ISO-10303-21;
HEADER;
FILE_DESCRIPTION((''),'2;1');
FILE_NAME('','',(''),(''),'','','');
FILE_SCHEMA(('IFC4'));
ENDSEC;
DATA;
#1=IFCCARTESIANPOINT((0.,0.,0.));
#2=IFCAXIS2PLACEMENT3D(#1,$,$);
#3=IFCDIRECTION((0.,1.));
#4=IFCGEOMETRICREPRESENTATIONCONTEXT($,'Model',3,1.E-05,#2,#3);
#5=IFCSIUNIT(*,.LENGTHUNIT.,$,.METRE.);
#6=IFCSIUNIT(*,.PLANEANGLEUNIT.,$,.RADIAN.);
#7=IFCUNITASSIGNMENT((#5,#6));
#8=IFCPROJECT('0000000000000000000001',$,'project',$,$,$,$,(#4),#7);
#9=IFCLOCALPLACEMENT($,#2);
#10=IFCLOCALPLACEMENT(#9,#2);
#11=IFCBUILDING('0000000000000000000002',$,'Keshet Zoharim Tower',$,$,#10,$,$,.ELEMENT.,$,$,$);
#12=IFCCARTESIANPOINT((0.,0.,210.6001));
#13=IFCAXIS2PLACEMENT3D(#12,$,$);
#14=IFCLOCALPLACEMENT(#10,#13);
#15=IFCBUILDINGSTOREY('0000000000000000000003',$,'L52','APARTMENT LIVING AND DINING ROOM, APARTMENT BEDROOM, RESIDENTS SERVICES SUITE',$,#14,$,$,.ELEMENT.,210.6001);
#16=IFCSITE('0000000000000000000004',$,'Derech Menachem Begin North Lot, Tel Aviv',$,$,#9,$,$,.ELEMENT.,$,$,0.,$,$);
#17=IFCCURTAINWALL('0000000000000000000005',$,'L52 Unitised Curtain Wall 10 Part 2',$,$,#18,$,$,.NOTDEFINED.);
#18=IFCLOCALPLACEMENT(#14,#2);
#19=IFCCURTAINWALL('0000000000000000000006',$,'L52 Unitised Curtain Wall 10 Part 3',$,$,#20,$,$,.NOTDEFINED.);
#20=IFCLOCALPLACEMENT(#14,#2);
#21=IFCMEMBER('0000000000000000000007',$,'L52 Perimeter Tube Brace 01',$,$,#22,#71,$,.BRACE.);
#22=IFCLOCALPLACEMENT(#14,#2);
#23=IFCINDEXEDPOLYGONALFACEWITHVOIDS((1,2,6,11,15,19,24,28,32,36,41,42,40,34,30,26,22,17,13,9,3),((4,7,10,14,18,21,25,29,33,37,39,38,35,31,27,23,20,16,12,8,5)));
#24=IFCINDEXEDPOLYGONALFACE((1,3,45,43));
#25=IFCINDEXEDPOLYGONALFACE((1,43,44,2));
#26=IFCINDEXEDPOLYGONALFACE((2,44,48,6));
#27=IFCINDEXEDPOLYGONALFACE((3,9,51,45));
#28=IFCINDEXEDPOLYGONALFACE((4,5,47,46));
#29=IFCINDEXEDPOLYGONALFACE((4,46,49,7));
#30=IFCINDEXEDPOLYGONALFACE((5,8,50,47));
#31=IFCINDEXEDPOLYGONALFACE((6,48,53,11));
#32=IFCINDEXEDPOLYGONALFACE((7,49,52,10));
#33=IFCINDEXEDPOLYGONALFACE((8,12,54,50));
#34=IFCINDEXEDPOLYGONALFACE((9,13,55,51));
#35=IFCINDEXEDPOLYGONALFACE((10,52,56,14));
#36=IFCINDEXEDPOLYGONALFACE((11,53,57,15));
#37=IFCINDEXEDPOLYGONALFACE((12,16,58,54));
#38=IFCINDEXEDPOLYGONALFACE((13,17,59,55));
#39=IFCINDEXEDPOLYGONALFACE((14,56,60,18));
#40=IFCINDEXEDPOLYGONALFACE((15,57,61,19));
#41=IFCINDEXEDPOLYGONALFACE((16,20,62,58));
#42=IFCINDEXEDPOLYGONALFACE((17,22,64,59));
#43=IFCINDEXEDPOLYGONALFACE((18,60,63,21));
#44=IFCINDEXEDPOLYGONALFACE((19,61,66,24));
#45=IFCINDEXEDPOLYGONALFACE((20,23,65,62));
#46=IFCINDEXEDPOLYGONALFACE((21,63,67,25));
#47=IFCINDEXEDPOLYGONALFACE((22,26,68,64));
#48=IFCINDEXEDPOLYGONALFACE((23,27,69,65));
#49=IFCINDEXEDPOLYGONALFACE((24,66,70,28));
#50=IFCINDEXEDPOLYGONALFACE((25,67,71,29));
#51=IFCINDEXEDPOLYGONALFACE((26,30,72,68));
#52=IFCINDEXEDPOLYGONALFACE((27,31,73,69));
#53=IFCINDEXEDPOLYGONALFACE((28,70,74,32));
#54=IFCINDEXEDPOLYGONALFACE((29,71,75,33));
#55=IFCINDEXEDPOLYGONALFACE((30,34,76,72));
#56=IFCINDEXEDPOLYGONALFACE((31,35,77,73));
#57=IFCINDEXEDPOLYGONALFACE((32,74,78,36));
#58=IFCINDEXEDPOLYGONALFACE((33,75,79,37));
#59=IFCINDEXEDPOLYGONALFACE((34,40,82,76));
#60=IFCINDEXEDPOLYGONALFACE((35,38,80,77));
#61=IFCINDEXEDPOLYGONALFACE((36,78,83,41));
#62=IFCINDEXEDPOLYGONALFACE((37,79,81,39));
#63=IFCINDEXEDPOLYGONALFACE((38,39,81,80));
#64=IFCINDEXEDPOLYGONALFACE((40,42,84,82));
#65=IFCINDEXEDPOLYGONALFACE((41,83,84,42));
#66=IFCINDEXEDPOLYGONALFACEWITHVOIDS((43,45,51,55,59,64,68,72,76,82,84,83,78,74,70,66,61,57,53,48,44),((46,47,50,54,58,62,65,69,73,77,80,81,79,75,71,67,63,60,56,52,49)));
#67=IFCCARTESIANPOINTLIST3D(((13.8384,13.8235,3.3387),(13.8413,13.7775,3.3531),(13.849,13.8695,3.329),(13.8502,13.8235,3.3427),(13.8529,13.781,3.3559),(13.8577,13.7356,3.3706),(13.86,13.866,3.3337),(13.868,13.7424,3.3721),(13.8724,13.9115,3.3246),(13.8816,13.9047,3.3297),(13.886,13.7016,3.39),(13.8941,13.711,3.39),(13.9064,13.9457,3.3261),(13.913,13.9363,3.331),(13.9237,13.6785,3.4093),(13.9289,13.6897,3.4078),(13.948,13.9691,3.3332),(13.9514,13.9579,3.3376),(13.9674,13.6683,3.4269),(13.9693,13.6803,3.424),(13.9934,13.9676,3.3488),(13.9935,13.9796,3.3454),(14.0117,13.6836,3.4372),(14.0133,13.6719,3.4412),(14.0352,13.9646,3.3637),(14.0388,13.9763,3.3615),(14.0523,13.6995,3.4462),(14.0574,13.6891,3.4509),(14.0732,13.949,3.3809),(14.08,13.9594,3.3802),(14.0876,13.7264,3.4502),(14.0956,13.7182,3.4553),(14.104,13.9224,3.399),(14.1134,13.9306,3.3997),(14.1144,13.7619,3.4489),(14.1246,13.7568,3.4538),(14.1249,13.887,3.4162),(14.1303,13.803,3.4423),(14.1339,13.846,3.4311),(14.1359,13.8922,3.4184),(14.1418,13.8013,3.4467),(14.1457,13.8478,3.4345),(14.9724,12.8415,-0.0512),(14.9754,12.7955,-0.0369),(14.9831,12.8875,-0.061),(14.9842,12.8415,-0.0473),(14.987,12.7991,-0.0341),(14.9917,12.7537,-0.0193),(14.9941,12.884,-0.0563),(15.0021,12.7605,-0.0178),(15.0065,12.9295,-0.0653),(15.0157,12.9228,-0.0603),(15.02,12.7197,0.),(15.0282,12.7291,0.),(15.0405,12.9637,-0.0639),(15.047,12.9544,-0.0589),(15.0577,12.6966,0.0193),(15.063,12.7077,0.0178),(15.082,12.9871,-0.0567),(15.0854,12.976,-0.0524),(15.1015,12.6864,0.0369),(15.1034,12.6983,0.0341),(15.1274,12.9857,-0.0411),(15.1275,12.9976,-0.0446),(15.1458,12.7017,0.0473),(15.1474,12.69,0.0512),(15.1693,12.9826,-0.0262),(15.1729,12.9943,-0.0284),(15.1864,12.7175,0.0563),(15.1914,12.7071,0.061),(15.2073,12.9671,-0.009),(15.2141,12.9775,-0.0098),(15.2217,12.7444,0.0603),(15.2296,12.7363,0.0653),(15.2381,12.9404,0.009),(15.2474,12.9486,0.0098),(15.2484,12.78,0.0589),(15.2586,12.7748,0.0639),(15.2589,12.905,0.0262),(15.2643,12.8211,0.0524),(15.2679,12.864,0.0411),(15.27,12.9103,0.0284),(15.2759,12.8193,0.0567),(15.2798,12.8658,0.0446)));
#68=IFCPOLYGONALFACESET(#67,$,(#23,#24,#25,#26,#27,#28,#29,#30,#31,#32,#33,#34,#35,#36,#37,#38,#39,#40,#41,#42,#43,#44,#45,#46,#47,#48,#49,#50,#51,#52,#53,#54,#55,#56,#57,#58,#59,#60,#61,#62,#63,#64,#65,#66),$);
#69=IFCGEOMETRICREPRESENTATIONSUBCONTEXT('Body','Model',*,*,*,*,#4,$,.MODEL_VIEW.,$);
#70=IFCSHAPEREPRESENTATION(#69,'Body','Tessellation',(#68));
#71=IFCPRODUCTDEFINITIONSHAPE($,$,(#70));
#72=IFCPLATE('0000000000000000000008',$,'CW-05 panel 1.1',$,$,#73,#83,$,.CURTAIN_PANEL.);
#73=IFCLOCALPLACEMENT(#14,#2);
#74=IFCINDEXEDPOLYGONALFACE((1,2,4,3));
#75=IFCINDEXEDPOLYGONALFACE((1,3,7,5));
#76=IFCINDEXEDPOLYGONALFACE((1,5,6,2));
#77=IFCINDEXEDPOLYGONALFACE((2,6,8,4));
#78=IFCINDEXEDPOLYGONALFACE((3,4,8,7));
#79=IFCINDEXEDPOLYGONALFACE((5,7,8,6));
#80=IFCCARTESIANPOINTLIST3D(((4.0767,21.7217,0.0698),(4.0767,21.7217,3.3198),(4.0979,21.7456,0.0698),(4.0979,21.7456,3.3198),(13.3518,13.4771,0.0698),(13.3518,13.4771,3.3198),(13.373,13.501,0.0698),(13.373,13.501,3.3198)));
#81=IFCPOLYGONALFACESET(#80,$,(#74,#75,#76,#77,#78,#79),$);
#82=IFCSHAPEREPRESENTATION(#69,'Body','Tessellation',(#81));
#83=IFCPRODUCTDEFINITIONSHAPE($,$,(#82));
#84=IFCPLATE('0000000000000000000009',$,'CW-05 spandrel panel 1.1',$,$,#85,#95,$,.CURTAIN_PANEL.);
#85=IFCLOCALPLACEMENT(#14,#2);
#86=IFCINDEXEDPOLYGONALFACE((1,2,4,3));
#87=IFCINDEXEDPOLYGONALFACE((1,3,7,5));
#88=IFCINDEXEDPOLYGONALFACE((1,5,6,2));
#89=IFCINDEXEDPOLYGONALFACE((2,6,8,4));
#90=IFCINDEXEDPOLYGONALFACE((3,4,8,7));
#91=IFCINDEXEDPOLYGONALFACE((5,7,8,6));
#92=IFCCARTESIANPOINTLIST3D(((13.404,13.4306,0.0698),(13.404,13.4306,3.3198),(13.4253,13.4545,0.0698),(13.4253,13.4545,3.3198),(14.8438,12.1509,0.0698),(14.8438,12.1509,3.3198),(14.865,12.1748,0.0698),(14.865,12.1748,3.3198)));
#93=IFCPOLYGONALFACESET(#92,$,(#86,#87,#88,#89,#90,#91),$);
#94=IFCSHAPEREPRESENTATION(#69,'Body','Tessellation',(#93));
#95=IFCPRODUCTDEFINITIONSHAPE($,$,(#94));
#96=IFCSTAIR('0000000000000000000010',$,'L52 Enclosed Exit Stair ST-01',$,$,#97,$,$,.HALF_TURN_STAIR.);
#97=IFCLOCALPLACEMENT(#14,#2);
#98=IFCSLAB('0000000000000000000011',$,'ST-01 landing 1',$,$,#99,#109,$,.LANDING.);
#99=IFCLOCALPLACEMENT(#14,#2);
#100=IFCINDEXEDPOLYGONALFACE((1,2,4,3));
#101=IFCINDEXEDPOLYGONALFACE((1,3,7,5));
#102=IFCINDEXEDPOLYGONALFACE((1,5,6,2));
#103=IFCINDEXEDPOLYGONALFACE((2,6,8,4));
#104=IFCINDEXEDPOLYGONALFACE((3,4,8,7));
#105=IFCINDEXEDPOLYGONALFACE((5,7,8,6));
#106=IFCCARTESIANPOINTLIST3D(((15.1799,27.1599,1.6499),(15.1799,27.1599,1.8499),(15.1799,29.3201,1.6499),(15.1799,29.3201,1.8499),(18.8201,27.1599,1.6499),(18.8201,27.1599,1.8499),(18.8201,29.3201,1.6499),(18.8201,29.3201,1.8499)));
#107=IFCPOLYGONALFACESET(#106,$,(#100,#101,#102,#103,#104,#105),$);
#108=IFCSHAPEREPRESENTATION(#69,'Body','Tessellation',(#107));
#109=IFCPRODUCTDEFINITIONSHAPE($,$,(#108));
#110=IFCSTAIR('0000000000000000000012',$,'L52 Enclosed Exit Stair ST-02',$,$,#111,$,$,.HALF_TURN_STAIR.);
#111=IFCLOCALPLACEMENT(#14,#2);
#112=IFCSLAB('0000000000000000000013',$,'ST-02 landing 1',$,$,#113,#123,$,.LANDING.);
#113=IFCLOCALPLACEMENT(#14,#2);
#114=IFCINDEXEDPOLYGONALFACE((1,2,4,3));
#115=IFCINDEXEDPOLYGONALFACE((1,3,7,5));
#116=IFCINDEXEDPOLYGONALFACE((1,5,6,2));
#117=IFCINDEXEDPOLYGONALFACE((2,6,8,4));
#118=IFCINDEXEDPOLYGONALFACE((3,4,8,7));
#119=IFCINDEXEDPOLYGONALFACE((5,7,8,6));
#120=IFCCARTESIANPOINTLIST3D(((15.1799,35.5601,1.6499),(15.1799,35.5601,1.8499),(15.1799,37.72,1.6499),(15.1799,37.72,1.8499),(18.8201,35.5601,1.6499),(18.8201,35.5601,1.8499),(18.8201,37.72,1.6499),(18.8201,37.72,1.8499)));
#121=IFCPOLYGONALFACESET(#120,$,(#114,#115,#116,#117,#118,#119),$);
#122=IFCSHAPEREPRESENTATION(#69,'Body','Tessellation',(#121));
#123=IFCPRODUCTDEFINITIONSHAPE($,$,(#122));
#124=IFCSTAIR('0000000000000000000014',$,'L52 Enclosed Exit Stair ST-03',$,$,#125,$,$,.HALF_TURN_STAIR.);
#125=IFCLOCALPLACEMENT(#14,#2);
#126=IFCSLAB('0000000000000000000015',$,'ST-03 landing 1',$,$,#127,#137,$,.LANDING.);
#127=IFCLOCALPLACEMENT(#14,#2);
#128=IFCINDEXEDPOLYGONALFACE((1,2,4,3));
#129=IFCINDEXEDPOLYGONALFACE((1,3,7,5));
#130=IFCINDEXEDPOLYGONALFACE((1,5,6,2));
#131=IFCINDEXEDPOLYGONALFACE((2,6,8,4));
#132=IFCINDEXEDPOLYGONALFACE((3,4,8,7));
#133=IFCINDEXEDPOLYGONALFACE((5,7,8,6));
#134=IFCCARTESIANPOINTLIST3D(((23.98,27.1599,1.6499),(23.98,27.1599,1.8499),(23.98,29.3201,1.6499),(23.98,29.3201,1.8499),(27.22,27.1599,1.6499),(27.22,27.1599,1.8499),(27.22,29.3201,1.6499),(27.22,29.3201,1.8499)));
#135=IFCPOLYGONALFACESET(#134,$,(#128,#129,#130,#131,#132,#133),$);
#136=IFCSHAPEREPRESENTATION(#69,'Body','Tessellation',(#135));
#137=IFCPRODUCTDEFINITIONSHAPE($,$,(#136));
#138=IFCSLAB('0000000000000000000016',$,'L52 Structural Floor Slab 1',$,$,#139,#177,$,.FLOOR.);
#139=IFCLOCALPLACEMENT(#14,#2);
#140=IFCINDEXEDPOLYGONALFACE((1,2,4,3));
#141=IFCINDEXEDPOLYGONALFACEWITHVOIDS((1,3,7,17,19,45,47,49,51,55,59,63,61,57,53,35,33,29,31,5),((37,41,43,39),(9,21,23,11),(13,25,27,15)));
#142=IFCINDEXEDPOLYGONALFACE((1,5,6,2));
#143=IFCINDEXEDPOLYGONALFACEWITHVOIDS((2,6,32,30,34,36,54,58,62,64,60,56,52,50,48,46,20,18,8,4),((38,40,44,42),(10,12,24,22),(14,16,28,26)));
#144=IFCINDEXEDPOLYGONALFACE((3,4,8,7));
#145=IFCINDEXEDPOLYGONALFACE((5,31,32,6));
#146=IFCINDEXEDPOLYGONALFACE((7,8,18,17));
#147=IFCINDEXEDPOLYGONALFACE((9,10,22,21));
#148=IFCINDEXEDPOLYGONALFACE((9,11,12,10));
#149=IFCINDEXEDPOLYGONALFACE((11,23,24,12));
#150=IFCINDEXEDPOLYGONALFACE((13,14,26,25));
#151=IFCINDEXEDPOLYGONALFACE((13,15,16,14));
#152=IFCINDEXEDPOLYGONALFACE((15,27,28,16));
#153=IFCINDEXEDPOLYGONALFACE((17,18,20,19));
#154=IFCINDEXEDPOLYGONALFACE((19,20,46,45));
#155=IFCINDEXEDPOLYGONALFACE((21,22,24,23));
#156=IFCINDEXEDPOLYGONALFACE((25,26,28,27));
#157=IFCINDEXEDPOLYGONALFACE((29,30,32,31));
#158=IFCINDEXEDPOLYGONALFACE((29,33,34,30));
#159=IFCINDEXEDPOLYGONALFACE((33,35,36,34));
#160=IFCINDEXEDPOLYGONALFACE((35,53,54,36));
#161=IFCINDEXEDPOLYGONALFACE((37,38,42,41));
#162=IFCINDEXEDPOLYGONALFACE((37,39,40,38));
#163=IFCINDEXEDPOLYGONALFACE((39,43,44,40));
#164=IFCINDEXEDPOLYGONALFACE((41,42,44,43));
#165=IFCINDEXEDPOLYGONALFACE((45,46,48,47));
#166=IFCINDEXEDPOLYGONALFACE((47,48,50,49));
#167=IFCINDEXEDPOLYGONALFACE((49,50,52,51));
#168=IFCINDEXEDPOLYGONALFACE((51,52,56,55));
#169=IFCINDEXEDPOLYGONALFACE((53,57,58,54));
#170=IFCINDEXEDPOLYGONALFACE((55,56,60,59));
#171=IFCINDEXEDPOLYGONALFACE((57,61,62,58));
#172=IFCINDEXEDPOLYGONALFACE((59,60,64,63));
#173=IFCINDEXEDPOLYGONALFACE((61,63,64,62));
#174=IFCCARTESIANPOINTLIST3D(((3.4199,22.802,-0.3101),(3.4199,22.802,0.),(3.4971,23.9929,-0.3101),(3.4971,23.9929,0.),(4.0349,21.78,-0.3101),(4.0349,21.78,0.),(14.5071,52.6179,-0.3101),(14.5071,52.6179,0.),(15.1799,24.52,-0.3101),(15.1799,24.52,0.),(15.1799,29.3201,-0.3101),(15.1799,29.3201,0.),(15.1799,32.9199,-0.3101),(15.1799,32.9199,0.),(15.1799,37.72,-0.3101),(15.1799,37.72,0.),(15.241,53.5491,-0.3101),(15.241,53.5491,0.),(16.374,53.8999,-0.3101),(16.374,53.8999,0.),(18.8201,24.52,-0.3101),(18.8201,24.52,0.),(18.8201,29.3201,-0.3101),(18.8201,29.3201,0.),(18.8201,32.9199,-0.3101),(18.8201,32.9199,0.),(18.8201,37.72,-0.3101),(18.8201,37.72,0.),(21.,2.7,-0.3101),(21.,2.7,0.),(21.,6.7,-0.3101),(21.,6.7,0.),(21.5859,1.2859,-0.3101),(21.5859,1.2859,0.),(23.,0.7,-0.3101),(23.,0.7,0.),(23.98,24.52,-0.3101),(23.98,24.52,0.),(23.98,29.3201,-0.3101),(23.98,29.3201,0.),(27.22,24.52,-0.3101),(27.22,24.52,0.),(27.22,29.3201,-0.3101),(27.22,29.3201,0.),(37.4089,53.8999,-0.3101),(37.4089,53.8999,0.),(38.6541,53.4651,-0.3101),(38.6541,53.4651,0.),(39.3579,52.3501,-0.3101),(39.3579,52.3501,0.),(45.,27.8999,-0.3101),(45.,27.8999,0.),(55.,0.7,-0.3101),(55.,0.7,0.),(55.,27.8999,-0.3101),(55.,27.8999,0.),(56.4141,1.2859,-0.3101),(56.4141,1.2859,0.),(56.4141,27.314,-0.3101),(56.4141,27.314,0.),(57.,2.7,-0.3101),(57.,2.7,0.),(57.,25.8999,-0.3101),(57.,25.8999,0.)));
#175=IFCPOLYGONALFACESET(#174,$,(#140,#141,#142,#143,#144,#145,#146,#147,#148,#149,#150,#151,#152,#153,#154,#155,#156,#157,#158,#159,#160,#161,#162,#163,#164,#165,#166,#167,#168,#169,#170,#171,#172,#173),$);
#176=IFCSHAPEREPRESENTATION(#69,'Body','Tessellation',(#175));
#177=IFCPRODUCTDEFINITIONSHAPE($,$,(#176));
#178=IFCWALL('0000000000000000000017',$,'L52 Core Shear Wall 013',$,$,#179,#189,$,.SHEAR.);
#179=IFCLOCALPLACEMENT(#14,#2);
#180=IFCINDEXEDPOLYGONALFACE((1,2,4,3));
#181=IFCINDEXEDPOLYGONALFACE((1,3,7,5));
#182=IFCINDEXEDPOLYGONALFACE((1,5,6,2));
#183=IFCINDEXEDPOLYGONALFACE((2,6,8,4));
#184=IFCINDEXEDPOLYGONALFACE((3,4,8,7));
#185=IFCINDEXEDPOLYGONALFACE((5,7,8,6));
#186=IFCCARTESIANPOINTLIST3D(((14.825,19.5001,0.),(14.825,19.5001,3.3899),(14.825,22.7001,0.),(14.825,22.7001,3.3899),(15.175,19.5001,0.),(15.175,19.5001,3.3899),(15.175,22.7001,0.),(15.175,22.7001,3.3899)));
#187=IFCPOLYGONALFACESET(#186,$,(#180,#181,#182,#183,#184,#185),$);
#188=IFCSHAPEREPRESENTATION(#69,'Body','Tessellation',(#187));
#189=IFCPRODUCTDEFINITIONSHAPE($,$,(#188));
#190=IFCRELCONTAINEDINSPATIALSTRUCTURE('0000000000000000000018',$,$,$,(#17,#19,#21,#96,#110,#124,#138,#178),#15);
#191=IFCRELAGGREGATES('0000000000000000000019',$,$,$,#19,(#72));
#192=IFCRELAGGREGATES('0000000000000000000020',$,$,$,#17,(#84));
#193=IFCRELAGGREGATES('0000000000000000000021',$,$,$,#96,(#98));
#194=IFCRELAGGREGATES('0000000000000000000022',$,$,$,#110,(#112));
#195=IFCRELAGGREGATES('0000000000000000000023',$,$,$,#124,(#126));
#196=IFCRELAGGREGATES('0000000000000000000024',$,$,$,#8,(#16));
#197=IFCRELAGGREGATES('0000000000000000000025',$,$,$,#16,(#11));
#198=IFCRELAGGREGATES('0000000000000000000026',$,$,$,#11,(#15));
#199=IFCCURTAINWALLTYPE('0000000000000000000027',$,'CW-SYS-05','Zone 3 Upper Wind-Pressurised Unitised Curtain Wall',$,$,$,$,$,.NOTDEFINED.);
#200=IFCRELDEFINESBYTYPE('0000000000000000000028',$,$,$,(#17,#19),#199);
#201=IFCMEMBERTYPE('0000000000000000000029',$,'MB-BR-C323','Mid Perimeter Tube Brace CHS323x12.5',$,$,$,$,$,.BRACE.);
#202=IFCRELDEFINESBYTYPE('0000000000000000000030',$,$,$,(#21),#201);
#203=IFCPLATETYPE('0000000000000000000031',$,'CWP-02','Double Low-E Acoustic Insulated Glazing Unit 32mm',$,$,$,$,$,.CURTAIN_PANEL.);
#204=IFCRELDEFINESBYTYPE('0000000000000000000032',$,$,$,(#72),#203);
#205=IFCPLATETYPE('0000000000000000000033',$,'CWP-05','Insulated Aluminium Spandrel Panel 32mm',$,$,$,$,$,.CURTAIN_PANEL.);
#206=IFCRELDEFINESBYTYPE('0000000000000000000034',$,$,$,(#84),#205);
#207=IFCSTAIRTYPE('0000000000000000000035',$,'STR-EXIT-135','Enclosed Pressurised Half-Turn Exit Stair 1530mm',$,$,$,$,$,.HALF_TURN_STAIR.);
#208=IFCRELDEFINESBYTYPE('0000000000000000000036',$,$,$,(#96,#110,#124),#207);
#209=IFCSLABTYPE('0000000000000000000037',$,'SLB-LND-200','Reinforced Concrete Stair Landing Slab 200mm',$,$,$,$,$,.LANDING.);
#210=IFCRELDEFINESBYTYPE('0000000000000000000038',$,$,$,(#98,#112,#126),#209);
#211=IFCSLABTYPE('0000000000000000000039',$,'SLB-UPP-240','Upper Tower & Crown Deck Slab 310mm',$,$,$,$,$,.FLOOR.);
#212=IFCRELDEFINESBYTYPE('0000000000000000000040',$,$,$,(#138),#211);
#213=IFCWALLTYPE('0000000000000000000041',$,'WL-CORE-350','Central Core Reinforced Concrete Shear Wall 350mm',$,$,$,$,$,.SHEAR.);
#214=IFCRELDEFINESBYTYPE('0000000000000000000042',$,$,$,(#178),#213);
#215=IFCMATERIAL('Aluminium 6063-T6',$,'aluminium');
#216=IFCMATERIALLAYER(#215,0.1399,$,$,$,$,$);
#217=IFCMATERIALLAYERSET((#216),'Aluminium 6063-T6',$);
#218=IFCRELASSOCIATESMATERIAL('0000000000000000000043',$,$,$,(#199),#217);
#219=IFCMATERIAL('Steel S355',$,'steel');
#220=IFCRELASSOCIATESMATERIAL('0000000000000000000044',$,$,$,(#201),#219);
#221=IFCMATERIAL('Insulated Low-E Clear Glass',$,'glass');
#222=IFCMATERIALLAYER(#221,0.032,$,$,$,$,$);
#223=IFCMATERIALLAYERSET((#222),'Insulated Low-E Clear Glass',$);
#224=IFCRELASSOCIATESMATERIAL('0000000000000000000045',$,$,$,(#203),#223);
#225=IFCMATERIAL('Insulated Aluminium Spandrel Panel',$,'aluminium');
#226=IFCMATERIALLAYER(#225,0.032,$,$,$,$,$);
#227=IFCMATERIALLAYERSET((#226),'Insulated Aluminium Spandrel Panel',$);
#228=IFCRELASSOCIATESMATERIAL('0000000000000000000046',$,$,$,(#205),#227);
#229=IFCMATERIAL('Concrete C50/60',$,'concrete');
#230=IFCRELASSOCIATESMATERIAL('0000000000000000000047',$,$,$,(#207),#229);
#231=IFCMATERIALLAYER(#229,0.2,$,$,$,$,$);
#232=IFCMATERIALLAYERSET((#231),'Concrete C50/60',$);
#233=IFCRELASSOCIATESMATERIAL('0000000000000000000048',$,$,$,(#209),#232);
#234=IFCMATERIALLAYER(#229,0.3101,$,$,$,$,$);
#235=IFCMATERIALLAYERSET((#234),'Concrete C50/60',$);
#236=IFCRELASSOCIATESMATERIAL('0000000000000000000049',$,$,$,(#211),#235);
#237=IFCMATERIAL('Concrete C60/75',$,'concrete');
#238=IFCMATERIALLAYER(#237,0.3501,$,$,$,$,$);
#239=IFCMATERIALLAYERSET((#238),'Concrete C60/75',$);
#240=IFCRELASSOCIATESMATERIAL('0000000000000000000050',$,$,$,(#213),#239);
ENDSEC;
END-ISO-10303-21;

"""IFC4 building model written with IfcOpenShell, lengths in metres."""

from ifc_helpers import new_model, si_unit, direction, frame, frame_2d, origin, origin_2d, place, context, subcontext, project, spatial, polyline, rectangle, hollow_circle, outline, extrude, material, layer, layer_set, material_profile, profile_set, type_object, element, aggregate, save


model = new_model("IFC4")

# Units and contexts
model_context = context("Model", 3, precision=1e-05, world=origin(), true_north=direction((0.0, 1.0)))
body_context = subcontext(model_context, "Body", "Model", "MODEL_VIEW")
ifc_project = project(units=[si_unit("LENGTHUNIT", "METRE"), si_unit("PLANEANGLEUNIT", "RADIAN")], contexts=[model_context])

# Site, building, storey
site_placement = place(None, origin())
site = spatial("IfcSite", under=ifc_project, at=site_placement, Name="Derech Menachem Begin North Lot, Tel Aviv", CompositionType="ELEMENT", RefElevation=0.0)
building_placement = place(site_placement, origin())
building = spatial("IfcBuilding", under=site, at=building_placement, Name="Keshet Zoharim Tower", CompositionType="ELEMENT")
storey_placement = place(building_placement, frame((0.0, 0.0, 210.6001)))
storey = spatial("IfcBuildingStorey", under=building, at=storey_placement, Name="L52", Description="APARTMENT LIVING AND DINING ROOM, APARTMENT BEDROOM, RESIDENTS SERVICES SUITE", CompositionType="ELEMENT", Elevation=210.6001)

# Shared definitions
ifc_material_1 = material(Name="Steel S355", Category="steel")
ifc_material_2 = material(Name="Concrete C50/60", Category="concrete")

# Shared definitions
ifc_material_3 = material(Name="Aluminium 6063-T6", Category="aluminium")
ifc_layer_1 = layer(ifc_material_3, 0.1399)
ifc_layer_set_1 = layer_set([ifc_layer_1], Name="Aluminium 6063-T6")
curtain_wall_type = type_object("IfcCurtainWallType", Name="CW-SYS-05", Description="Zone 3 Upper Wind-Pressurised Unitised Curtain Wall", PredefinedType="NOTDEFINED", material=ifc_layer_set_1)

# Curtain walls
curtain_wall_1_placement = place(storey_placement, origin())
curtain_wall_1 = element("IfcCurtainWall", 1, at=curtain_wall_1_placement, inside=storey, type_object=curtain_wall_type, Name="L52 Unitised Curtain Wall 10 Part 2", PredefinedType="NOTDEFINED")
curtain_wall_2_placement = place(storey_placement, origin())
curtain_wall_2 = element("IfcCurtainWall", 2, at=curtain_wall_2_placement, inside=storey, type_object=curtain_wall_type, Name="L52 Unitised Curtain Wall 10 Part 3", PredefinedType="NOTDEFINED")

# Member
ifc_material_profile_1 = material_profile(ifc_material_1, hollow_circle(Radius=0.1619, WallThickness=0.0125, at=origin_2d()), Name="CHS323x12.5")
ifc_profile_set_1 = profile_set([ifc_material_profile_1], Name="Steel S355")
member_type_1 = type_object("IfcMemberType", Name="MB-BR-C323", Description="Mid Perimeter Tube Brace CHS323x12.5", PredefinedType="BRACE", material=ifc_profile_set_1)
member_1_placement = place(storey_placement, frame((15.126, 12.842, 0.0), z_axis=(-0.30592, 0.264889, 0.914466), x_axis=(-0.65459, -0.755984, 0.0)))
element("IfcMember", 3, at=member_1_placement, inside=storey, type_object=member_type_1, Name="L52 Perimeter Tube Brace 01", PredefinedType="BRACE", context=body_context, shape_type="SweptSolid", body=[
    extrude(hollow_circle(Radius=0.1619, WallThickness=0.0125, at=origin_2d()), origin(), (0.0, 0.0, 1.0), 3.707),
])

# Plates
ifc_material_4 = material(Name="Insulated Low-E Clear Glass", Category="glass")
ifc_layer_2 = layer(ifc_material_4, 0.032)
ifc_layer_set_2 = layer_set([ifc_layer_2], Name="Insulated Low-E Clear Glass")
plate_type_1 = type_object("IfcPlateType", Name="CWP-02", Description="Double Low-E Acoustic Insulated Glazing Unit 32mm", PredefinedType="CURTAIN_PANEL", material=ifc_layer_set_2)
plate_1_placement = place(storey_placement, frame((8.7249, 17.6113, 0.0698), z_axis=(0.0, 0.0, 1.0), x_axis=(-0.747407, 0.664367, 0.0)))
plate_1 = element("IfcPlate", 4, at=plate_1_placement, type_object=plate_type_1, Name="CW-05 panel 1.1", PredefinedType="CURTAIN_PANEL", context=body_context, shape_type="SweptSolid", body=[
    extrude(rectangle(XDim=12.4097, YDim=0.032, at=origin_2d()), origin(), (0.0, 0.0, 1.0), 3.25),
])
aggregate(curtain_wall_2, [plate_1])
ifc_material_5 = material(Name="Insulated Aluminium Spandrel Panel", Category="aluminium")
ifc_layer_3 = layer(ifc_material_5, 0.032)
ifc_layer_set_3 = layer_set([ifc_layer_3], Name="Insulated Aluminium Spandrel Panel")
plate_type_2 = type_object("IfcPlateType", Name="CWP-05", Description="Insulated Aluminium Spandrel Panel 32mm", PredefinedType="CURTAIN_PANEL", material=ifc_layer_set_3)
plate_2_placement = place(storey_placement, frame((14.1345, 12.8027, 0.0698), z_axis=(0.0, 0.0, 1.0), x_axis=(-0.74744, 0.66433, 0.0)))
plate_2 = element("IfcPlate", 5, at=plate_2_placement, type_object=plate_type_2, Name="CW-05 spandrel panel 1.1", PredefinedType="CURTAIN_PANEL", context=body_context, shape_type="SweptSolid", body=[
    extrude(rectangle(XDim=1.9263, YDim=0.032, at=origin_2d()), origin(), (0.0, 0.0, 1.0), 3.25),
])
aggregate(curtain_wall_1, [plate_2])

# Stairs, slabs
stair_type = type_object("IfcStairType", Name="STR-EXIT-135", Description="Enclosed Pressurised Half-Turn Exit Stair 1530mm", PredefinedType="HALF_TURN_STAIR", material=ifc_material_2)
stair_1_placement = place(storey_placement, origin())
stair_1 = element("IfcStair", 6, at=stair_1_placement, inside=storey, type_object=stair_type, Name="L52 Enclosed Exit Stair ST-01", PredefinedType="HALF_TURN_STAIR")
ifc_layer_4 = layer(ifc_material_2, 0.2)
ifc_layer_set_4 = layer_set([ifc_layer_4], Name="Concrete C50/60")
slab_type_1 = type_object("IfcSlabType", Name="SLB-LND-200", Description="Reinforced Concrete Stair Landing Slab 200mm", PredefinedType="LANDING", material=ifc_layer_set_4)
slab_1_placement = place(storey_placement, frame((0.0, 0.0, 1.6499)))
slab_1 = element("IfcSlab", 7, at=slab_1_placement, type_object=slab_type_1, Name="ST-01 landing 1", PredefinedType="LANDING", context=body_context, shape_type="SweptSolid", body=[
    extrude(outline(polyline([(15.1799, 27.1599), (18.8201, 27.1599), (18.8201, 29.3201), (15.1799, 29.3201), (15.1799, 27.1599)])), origin(), (0.0, 0.0, 1.0), 0.2),
])
aggregate(stair_1, [slab_1])
stair_2_placement = place(storey_placement, origin())
stair_2 = element("IfcStair", 8, at=stair_2_placement, inside=storey, type_object=stair_type, Name="L52 Enclosed Exit Stair ST-02", PredefinedType="HALF_TURN_STAIR")
slab_2_placement = place(storey_placement, frame((0.0, 0.0, 1.6499)))
slab_2 = element("IfcSlab", 9, at=slab_2_placement, type_object=slab_type_1, Name="ST-02 landing 1", PredefinedType="LANDING", context=body_context, shape_type="SweptSolid", body=[
    extrude(outline(polyline([(15.1799, 35.5601), (18.8201, 35.5601), (18.8201, 37.72), (15.1799, 37.72), (15.1799, 35.5601)])), origin(), (0.0, 0.0, 1.0), 0.2),
])
aggregate(stair_2, [slab_2])
stair_3_placement = place(storey_placement, origin())
stair_3 = element("IfcStair", 10, at=stair_3_placement, inside=storey, type_object=stair_type, Name="L52 Enclosed Exit Stair ST-03", PredefinedType="HALF_TURN_STAIR")
slab_3_placement = place(storey_placement, frame((0.0, 0.0, 1.6499)))
slab_3 = element("IfcSlab", 11, at=slab_3_placement, type_object=slab_type_1, Name="ST-03 landing 1", PredefinedType="LANDING", context=body_context, shape_type="SweptSolid", body=[
    extrude(outline(polyline([(23.98, 27.1599), (27.22, 27.1599), (27.22, 29.3201), (23.98, 29.3201), (23.98, 27.1599)])), origin(), (0.0, 0.0, 1.0), 0.2),
])
aggregate(stair_3, [slab_3])

# Slab
ifc_layer_5 = layer(ifc_material_2, 0.3101)
ifc_layer_set_5 = layer_set([ifc_layer_5], Name="Concrete C50/60")
slab_type_2 = type_object("IfcSlabType", Name="SLB-UPP-240", Description="Upper Tower & Crown Deck Slab 310mm", PredefinedType="FLOOR", material=ifc_layer_set_5)
slab_4_placement = place(storey_placement, frame((0.0, 0.0, -0.3101)))
element("IfcSlab", 12, at=slab_4_placement, inside=storey, type_object=slab_type_2, Name="L52 Structural Floor Slab 1", PredefinedType="FLOOR", context=body_context, shape_type="SweptSolid", body=[
    extrude(outline(polyline([(55.0, 27.8999), (56.4141, 27.314), (57.0, 25.8999), (57.0, 2.7), (56.4141, 1.2859), (55.0, 0.7), (23.0, 0.7), (21.5859, 1.2859), (21.0, 2.7), (21.0, 6.7), (4.0349, 21.78), (3.4199, 22.802), (3.4971, 23.9929), (14.5071, 52.6179), (15.241, 53.5491), (16.374, 53.8999), (37.4089, 53.8999), (38.6541, 53.4651), (39.3579, 52.3501), (45.0, 27.8999), (55.0, 27.8999)]), holes=[polyline([(15.1799, 24.52), (18.8201, 24.52), (18.8201, 29.3201), (15.1799, 29.3201), (15.1799, 24.52)]), polyline([(15.1799, 32.9199), (18.8201, 32.9199), (18.8201, 37.72), (15.1799, 37.72), (15.1799, 32.9199)]), polyline([(23.98, 24.52), (27.22, 24.52), (27.22, 29.3201), (23.98, 29.3201), (23.98, 24.52)])]), origin(), (0.0, 0.0, 1.0), 0.3101),
])

# Wall
ifc_material_6 = material(Name="Concrete C60/75", Category="concrete")
ifc_layer_6 = layer(ifc_material_6, 0.3501)
ifc_layer_set_6 = layer_set([ifc_layer_6], Name="Concrete C60/75")
wall_type_1 = type_object("IfcWallType", Name="WL-CORE-350", Description="Central Core Reinforced Concrete Shear Wall 350mm", PredefinedType="SHEAR", material=ifc_layer_set_6)
wall_1_placement = place(storey_placement, frame((15.0, 19.5, 0.0), z_axis=(0.0, 0.0, 1.0), x_axis=(0.0, 1.0, 0.0)))
element("IfcWall", 13, at=wall_1_placement, inside=storey, type_object=wall_type_1, Name="L52 Core Shear Wall 013", PredefinedType="SHEAR", context=body_context, shape_type="SweptSolid", body=[
    extrude(rectangle(XDim=3.2, YDim=0.3501, at=frame_2d((1.6001, 0.0))), origin(), (0.0, 0.0, 1.0), 3.3899),
])

save(model, "model.ifc")
